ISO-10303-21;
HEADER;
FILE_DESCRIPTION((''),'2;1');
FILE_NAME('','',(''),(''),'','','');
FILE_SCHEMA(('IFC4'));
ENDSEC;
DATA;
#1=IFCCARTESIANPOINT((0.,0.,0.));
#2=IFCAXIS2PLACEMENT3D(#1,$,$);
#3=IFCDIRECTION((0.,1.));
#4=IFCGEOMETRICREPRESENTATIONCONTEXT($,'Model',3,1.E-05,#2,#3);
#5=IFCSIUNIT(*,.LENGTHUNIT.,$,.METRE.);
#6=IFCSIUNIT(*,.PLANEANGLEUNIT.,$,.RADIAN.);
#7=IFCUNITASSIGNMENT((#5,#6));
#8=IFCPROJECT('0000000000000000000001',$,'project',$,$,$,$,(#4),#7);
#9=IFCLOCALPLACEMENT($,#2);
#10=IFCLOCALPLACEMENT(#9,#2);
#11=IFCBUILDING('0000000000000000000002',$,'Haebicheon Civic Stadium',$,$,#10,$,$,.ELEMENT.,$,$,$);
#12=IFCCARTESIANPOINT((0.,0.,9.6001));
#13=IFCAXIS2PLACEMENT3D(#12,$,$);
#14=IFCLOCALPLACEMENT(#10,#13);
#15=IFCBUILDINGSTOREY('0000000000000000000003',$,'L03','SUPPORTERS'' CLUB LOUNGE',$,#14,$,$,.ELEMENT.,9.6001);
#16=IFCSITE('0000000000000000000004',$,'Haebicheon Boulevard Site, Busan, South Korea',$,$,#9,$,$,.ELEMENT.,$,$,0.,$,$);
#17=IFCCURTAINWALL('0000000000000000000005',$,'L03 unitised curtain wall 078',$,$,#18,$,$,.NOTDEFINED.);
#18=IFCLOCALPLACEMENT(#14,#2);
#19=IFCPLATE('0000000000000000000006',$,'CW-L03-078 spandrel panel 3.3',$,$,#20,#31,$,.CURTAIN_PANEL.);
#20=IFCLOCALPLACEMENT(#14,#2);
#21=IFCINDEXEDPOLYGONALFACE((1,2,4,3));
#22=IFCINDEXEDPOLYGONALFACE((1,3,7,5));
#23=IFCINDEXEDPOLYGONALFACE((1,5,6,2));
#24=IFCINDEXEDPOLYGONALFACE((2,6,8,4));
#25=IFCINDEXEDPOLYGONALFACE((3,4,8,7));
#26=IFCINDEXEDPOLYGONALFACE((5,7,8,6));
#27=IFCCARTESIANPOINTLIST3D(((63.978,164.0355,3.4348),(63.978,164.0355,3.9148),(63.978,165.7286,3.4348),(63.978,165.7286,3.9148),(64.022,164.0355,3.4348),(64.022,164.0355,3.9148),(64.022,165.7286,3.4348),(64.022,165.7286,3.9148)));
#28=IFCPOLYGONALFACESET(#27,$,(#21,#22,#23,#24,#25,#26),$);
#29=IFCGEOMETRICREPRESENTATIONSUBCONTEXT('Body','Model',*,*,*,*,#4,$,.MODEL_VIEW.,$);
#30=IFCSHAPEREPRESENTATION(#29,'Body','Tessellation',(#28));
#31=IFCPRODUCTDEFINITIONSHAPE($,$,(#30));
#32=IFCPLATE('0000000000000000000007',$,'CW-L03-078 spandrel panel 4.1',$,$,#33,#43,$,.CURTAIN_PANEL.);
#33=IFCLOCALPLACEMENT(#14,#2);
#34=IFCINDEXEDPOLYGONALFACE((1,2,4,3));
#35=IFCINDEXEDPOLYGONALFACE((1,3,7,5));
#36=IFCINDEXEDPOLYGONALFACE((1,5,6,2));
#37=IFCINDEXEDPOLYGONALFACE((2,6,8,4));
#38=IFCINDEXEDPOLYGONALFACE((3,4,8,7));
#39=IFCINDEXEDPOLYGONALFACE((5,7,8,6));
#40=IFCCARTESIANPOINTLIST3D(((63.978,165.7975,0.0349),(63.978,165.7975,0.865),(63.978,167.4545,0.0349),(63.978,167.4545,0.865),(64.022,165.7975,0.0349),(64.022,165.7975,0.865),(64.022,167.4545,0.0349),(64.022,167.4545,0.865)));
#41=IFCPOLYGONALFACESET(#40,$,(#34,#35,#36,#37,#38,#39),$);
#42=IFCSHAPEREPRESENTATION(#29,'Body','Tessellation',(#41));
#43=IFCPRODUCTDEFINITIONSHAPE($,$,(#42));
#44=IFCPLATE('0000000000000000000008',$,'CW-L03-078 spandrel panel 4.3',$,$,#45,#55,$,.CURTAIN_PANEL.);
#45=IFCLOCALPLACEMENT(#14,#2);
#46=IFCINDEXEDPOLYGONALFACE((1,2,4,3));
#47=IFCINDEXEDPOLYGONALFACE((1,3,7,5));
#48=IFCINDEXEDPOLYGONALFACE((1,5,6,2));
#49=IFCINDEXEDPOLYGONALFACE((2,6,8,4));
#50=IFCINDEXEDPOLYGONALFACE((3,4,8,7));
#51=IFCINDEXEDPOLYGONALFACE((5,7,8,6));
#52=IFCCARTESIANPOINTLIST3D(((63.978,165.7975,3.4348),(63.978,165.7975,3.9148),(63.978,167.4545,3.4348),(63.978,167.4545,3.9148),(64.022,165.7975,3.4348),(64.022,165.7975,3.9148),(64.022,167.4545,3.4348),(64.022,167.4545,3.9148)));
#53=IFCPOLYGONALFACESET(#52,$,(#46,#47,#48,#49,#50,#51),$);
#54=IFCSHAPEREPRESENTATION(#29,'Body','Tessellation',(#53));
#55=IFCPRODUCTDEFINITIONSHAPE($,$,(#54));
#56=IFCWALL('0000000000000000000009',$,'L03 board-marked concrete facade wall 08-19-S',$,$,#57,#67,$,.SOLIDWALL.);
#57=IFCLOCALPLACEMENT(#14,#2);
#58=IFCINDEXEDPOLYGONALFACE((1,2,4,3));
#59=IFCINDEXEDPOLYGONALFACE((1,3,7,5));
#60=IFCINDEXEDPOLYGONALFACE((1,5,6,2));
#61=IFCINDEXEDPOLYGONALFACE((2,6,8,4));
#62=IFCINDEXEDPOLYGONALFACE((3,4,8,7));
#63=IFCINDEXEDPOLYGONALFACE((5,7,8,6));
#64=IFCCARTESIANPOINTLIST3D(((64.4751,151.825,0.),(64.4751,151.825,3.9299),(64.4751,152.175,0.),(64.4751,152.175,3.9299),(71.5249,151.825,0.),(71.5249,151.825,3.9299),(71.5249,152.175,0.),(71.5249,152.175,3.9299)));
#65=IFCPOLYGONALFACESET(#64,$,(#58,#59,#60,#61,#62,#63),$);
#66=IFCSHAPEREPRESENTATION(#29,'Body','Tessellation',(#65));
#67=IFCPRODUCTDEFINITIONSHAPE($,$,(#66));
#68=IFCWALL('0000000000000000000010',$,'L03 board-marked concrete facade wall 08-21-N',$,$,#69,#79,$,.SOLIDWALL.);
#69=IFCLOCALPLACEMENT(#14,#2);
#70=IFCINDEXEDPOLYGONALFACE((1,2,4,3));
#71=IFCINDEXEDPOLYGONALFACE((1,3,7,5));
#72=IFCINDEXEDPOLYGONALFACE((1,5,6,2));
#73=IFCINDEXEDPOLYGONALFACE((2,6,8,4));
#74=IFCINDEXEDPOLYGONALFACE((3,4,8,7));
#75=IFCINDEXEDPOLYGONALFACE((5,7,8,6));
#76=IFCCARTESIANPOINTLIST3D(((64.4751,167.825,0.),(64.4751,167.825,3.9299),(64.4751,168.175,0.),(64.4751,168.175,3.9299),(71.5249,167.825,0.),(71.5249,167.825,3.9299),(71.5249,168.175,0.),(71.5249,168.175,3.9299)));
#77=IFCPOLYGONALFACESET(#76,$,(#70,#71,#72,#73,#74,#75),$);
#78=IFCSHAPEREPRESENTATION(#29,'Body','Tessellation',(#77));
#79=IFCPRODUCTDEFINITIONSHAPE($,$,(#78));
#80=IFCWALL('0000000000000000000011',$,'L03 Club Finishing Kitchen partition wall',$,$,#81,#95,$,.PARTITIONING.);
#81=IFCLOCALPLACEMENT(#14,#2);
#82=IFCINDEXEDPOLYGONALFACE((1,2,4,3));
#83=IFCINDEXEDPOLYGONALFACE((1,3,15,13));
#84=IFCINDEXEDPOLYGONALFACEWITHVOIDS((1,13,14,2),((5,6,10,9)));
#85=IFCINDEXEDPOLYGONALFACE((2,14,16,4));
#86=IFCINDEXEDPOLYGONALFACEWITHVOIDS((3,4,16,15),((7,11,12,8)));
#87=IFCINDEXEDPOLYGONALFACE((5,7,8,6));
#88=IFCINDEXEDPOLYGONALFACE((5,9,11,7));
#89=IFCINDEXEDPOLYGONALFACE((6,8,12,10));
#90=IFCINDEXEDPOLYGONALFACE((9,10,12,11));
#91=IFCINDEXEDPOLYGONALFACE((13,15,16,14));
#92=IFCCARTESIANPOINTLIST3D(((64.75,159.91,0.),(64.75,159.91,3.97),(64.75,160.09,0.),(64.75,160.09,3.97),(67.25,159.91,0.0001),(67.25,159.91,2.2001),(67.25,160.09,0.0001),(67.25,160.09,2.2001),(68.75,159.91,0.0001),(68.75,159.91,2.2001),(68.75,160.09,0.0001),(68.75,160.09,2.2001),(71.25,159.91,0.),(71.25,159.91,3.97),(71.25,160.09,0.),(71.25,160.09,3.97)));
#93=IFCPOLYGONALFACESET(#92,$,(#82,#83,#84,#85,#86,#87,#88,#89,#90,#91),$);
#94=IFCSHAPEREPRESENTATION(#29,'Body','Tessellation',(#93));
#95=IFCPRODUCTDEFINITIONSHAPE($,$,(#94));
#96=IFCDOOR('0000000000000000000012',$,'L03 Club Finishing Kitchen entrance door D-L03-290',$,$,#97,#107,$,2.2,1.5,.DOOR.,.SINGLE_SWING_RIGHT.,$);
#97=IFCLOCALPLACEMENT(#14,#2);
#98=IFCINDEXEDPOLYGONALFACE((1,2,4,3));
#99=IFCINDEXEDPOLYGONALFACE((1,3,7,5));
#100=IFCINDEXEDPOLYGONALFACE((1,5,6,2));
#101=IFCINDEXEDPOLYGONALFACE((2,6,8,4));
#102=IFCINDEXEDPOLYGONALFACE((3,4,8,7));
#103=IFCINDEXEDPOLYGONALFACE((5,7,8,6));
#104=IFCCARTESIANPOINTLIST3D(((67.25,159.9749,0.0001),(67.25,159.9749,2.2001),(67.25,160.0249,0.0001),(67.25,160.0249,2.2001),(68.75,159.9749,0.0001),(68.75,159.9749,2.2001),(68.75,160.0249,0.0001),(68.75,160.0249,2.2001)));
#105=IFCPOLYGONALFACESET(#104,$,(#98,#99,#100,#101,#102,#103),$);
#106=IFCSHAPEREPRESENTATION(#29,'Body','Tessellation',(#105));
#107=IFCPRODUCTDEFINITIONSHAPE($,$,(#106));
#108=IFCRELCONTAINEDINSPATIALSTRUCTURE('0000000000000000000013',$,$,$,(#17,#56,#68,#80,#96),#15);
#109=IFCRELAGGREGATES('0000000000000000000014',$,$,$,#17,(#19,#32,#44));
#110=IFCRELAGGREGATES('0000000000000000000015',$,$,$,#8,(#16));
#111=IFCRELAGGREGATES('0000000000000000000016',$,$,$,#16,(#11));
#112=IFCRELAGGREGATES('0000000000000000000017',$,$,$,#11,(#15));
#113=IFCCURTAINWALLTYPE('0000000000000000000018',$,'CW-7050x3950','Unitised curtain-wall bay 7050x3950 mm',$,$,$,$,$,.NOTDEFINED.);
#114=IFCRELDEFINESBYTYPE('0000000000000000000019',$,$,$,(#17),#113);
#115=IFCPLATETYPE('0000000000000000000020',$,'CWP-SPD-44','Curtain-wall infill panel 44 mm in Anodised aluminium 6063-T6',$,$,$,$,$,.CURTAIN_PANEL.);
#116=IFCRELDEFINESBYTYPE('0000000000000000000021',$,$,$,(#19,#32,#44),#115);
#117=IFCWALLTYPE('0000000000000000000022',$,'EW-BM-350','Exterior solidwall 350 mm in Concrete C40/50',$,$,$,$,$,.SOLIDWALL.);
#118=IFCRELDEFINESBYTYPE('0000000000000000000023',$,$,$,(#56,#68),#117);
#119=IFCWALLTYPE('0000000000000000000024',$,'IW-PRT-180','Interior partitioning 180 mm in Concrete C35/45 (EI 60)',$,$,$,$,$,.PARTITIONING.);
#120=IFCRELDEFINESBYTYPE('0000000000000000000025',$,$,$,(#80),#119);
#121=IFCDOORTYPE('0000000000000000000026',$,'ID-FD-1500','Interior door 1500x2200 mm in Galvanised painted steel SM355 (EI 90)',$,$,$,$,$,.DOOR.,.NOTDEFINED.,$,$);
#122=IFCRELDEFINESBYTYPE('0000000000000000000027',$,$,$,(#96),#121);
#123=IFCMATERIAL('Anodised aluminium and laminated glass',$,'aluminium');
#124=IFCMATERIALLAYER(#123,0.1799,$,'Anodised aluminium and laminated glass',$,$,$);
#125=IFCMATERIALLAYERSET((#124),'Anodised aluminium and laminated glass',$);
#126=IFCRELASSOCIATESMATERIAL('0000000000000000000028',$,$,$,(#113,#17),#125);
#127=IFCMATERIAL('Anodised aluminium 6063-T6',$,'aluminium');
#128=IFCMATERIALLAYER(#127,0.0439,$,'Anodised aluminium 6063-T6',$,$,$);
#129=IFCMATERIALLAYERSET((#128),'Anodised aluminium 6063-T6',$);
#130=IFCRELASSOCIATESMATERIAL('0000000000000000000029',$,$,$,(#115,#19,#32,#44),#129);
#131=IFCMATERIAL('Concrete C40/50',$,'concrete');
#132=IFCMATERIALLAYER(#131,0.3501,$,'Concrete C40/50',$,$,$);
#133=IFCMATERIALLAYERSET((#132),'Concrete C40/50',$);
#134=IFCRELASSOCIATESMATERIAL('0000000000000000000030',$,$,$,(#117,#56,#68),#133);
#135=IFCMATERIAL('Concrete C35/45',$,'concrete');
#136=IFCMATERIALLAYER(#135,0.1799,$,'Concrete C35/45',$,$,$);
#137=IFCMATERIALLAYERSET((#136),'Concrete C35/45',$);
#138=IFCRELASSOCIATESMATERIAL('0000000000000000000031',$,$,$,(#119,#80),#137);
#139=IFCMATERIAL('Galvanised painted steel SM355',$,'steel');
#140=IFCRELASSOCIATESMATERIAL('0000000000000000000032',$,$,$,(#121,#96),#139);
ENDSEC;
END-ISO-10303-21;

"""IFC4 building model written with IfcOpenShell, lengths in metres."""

from ifc_helpers import new_model, si_unit, direction, frame, frame_2d, origin, origin_2d, place, context, subcontext, project, spatial, rectangle, extrude, material, layer, layer_set, type_object, element, fill, aggregate, save


model = new_model("IFC4")

# Units and contexts
model_context = context("Model", 3, precision=1e-05, world=origin(), true_north=direction((0.0, 1.0)))
body_context = subcontext(model_context, "Body", "Model", "MODEL_VIEW")
ifc_project = project(units=[si_unit("LENGTHUNIT", "METRE"), si_unit("PLANEANGLEUNIT", "RADIAN")], contexts=[model_context])

# Site, building, storey
site_placement = place(None, origin())
site = spatial("IfcSite", under=ifc_project, at=site_placement, Name="Haebicheon Boulevard Site, Busan, South Korea", CompositionType="ELEMENT", RefElevation=0.0)
building_placement = place(site_placement, origin())
building = spatial("IfcBuilding", under=site, at=building_placement, Name="Haebicheon Civic Stadium", CompositionType="ELEMENT")
storey_placement = place(building_placement, frame((0.0, 0.0, 9.6001)))
storey = spatial("IfcBuildingStorey", under=building, at=storey_placement, Name="L03", Description="SUPPORTERS' CLUB LOUNGE", CompositionType="ELEMENT", Elevation=9.6001)

# Curtain wall
ifc_material_1 = material(Name="Anodised aluminium and laminated glass", Category="aluminium")
ifc_layer_1 = layer(ifc_material_1, 0.1799, Name="Anodised aluminium and laminated glass")
ifc_layer_set_1 = layer_set([ifc_layer_1], Name="Anodised aluminium and laminated glass")
curtain_wall_type = type_object("IfcCurtainWallType", Name="CW-7050x3950", Description="Unitised curtain-wall bay 7050x3950 mm", PredefinedType="NOTDEFINED", material=ifc_layer_set_1)
curtain_wall_placement = place(storey_placement, origin())
curtain_wall = element("IfcCurtainWall", 1, at=curtain_wall_placement, inside=storey, type_object=curtain_wall_type, material=ifc_layer_set_1, Name="L03 unitised curtain wall 078", PredefinedType="NOTDEFINED")

# Plates
ifc_material_2 = material(Name="Anodised aluminium 6063-T6", Category="aluminium")
ifc_layer_2 = layer(ifc_material_2, 0.0439, Name="Anodised aluminium 6063-T6")
ifc_layer_set_2 = layer_set([ifc_layer_2], Name="Anodised aluminium 6063-T6")
plate_type_1 = type_object("IfcPlateType", Name="CWP-SPD-44", Description="Curtain-wall infill panel 44 mm in Anodised aluminium 6063-T6", PredefinedType="CURTAIN_PANEL", material=ifc_layer_set_2)
plate_1_placement = place(storey_placement, frame((64.0, 164.8821, 3.4348), z_axis=(0.0, 0.0, 1.0), x_axis=(0.0, 1.0, 0.0)))
plate_1 = element("IfcPlate", 2, at=plate_1_placement, type_object=plate_type_1, material=ifc_layer_set_2, Name="CW-L03-078 spandrel panel 3.3", PredefinedType="CURTAIN_PANEL", context=body_context, shape_type="SweptSolid", body=[
    extrude(rectangle(XDim=1.6931, YDim=0.0439, at=origin_2d()), origin(), (0.0, 0.0, 1.0), 0.48),
])
plate_2_placement = place(storey_placement, frame((64.0, 166.626, 0.0349), z_axis=(0.0, 0.0, 1.0), x_axis=(0.0, 1.0, 0.0)))
plate_2 = element("IfcPlate", 3, at=plate_2_placement, type_object=plate_type_1, material=ifc_layer_set_2, Name="CW-L03-078 spandrel panel 4.1", PredefinedType="CURTAIN_PANEL", context=body_context, shape_type="SweptSolid", body=[
    extrude(rectangle(XDim=1.657, YDim=0.0439, at=origin_2d()), origin(), (0.0, 0.0, 1.0), 0.8301),
])
plate_3_placement = place(storey_placement, frame((64.0, 166.626, 3.4348), z_axis=(0.0, 0.0, 1.0), x_axis=(0.0, 1.0, 0.0)))
plate_3 = element("IfcPlate", 4, at=plate_3_placement, type_object=plate_type_1, material=ifc_layer_set_2, Name="CW-L03-078 spandrel panel 4.3", PredefinedType="CURTAIN_PANEL", context=body_context, shape_type="SweptSolid", body=[
    extrude(rectangle(XDim=1.657, YDim=0.0439, at=origin_2d()), origin(), (0.0, 0.0, 1.0), 0.48),
])
aggregate(curtain_wall, [plate_1, plate_2, plate_3])

# Walls
ifc_material_3 = material(Name="Concrete C40/50", Category="concrete")
ifc_layer_3 = layer(ifc_material_3, 0.3501, Name="Concrete C40/50")
ifc_layer_set_3 = layer_set([ifc_layer_3], Name="Concrete C40/50")
wall_type_1 = type_object("IfcWallType", Name="EW-BM-350", Description="Exterior solidwall 350 mm in Concrete C40/50", PredefinedType="SOLIDWALL", material=ifc_layer_set_3)
for number, where, z_axis, x_axis, name in (
    (5, (64.4751, 152.0, 0.0), (0.0, 0.0, 1.0), (1.0, 0.0, 0.0), "L03 board-marked concrete facade wall 08-19-S"),
    (6, (64.4751, 168.0, 0.0), (0.0, 0.0, 1.0), (1.0, 0.0, 0.0), "L03 board-marked concrete facade wall 08-21-N"),
):
    element("IfcWall", number, at=place(storey_placement, frame(where, z_axis=z_axis, x_axis=x_axis)), inside=storey, type_object=wall_type_1, material=ifc_layer_set_3, Name=name, PredefinedType="SOLIDWALL", context=body_context, shape_type="SweptSolid", body=[
        extrude(rectangle(XDim=7.0498, YDim=0.3501, at=frame_2d((3.5249, 0.0))), origin(), (0.0, 0.0, 1.0), 3.9299),
    ])

# Wall, opening, door
ifc_material_4 = material(Name="Concrete C35/45", Category="concrete")
ifc_layer_4 = layer(ifc_material_4, 0.1799, Name="Concrete C35/45")
ifc_layer_set_4 = layer_set([ifc_layer_4], Name="Concrete C35/45")
wall_type_2 = type_object("IfcWallType", Name="IW-PRT-180", Description="Interior partitioning 180 mm in Concrete C35/45 (EI 60)", PredefinedType="PARTITIONING", material=ifc_layer_set_4)
wall_placement = place(storey_placement, frame((64.75, 160.0, 0.0), z_axis=(0.0, 0.0, 1.0), x_axis=(1.0, 0.0, 0.0)))
wall = element("IfcWall", 7, at=wall_placement, inside=storey, type_object=wall_type_2, material=ifc_layer_set_4, Name="L03 Club Finishing Kitchen partition wall", PredefinedType="PARTITIONING", context=body_context, shape_type="SweptSolid", body=[
    extrude(rectangle(XDim=6.5, YDim=0.1799, at=frame_2d((3.25, 0.0))), origin(), (0.0, 0.0, 1.0), 3.97),
])
opening_placement = place(wall_placement, frame((2.5, 0.0, 0.0)))
opening = element("IfcOpeningElement", 8, at=opening_placement, cuts=wall, PredefinedType="OPENING", context=body_context, shape_type="SweptSolid", body=[
    extrude(rectangle(XDim=1.5, YDim=2.2, at=frame_2d((0.75, 1.1001))), frame((0.0, 0.0999, 0.0), z_axis=(0.0, -1.0, 0.0), x_axis=(1.0, 0.0, 0.0)), (0.0, 0.0, 1.0), 0.2),
])
ifc_material_5 = material(Name="Galvanised painted steel SM355", Category="steel")
door_type = type_object("IfcDoorType", Name="ID-FD-1500", Description="Interior door 1500x2200 mm in Galvanised painted steel SM355 (EI 90)", OperationType="NOTDEFINED", PredefinedType="DOOR", material=ifc_material_5)
door_placement = place(opening_placement, origin())
door = element("IfcDoor", 9, at=door_placement, inside=storey, type_object=door_type, material=ifc_material_5, Name="L03 Club Finishing Kitchen entrance door D-L03-290", OperationType="SINGLE_SWING_RIGHT", OverallHeight=2.2, OverallWidth=1.5, PredefinedType="DOOR", context=body_context, shape_type="SweptSolid", body=[
    extrude(rectangle(XDim=1.5, YDim=2.2, at=frame_2d((0.75, 1.1001))), frame((0.0, 0.0249, 0.0), z_axis=(0.0, -1.0, 0.0), x_axis=(1.0, 0.0, 0.0)), (0.0, 0.0, 1.0), 0.05),
])
fill(opening, door)

save(model, "model.ifc")
